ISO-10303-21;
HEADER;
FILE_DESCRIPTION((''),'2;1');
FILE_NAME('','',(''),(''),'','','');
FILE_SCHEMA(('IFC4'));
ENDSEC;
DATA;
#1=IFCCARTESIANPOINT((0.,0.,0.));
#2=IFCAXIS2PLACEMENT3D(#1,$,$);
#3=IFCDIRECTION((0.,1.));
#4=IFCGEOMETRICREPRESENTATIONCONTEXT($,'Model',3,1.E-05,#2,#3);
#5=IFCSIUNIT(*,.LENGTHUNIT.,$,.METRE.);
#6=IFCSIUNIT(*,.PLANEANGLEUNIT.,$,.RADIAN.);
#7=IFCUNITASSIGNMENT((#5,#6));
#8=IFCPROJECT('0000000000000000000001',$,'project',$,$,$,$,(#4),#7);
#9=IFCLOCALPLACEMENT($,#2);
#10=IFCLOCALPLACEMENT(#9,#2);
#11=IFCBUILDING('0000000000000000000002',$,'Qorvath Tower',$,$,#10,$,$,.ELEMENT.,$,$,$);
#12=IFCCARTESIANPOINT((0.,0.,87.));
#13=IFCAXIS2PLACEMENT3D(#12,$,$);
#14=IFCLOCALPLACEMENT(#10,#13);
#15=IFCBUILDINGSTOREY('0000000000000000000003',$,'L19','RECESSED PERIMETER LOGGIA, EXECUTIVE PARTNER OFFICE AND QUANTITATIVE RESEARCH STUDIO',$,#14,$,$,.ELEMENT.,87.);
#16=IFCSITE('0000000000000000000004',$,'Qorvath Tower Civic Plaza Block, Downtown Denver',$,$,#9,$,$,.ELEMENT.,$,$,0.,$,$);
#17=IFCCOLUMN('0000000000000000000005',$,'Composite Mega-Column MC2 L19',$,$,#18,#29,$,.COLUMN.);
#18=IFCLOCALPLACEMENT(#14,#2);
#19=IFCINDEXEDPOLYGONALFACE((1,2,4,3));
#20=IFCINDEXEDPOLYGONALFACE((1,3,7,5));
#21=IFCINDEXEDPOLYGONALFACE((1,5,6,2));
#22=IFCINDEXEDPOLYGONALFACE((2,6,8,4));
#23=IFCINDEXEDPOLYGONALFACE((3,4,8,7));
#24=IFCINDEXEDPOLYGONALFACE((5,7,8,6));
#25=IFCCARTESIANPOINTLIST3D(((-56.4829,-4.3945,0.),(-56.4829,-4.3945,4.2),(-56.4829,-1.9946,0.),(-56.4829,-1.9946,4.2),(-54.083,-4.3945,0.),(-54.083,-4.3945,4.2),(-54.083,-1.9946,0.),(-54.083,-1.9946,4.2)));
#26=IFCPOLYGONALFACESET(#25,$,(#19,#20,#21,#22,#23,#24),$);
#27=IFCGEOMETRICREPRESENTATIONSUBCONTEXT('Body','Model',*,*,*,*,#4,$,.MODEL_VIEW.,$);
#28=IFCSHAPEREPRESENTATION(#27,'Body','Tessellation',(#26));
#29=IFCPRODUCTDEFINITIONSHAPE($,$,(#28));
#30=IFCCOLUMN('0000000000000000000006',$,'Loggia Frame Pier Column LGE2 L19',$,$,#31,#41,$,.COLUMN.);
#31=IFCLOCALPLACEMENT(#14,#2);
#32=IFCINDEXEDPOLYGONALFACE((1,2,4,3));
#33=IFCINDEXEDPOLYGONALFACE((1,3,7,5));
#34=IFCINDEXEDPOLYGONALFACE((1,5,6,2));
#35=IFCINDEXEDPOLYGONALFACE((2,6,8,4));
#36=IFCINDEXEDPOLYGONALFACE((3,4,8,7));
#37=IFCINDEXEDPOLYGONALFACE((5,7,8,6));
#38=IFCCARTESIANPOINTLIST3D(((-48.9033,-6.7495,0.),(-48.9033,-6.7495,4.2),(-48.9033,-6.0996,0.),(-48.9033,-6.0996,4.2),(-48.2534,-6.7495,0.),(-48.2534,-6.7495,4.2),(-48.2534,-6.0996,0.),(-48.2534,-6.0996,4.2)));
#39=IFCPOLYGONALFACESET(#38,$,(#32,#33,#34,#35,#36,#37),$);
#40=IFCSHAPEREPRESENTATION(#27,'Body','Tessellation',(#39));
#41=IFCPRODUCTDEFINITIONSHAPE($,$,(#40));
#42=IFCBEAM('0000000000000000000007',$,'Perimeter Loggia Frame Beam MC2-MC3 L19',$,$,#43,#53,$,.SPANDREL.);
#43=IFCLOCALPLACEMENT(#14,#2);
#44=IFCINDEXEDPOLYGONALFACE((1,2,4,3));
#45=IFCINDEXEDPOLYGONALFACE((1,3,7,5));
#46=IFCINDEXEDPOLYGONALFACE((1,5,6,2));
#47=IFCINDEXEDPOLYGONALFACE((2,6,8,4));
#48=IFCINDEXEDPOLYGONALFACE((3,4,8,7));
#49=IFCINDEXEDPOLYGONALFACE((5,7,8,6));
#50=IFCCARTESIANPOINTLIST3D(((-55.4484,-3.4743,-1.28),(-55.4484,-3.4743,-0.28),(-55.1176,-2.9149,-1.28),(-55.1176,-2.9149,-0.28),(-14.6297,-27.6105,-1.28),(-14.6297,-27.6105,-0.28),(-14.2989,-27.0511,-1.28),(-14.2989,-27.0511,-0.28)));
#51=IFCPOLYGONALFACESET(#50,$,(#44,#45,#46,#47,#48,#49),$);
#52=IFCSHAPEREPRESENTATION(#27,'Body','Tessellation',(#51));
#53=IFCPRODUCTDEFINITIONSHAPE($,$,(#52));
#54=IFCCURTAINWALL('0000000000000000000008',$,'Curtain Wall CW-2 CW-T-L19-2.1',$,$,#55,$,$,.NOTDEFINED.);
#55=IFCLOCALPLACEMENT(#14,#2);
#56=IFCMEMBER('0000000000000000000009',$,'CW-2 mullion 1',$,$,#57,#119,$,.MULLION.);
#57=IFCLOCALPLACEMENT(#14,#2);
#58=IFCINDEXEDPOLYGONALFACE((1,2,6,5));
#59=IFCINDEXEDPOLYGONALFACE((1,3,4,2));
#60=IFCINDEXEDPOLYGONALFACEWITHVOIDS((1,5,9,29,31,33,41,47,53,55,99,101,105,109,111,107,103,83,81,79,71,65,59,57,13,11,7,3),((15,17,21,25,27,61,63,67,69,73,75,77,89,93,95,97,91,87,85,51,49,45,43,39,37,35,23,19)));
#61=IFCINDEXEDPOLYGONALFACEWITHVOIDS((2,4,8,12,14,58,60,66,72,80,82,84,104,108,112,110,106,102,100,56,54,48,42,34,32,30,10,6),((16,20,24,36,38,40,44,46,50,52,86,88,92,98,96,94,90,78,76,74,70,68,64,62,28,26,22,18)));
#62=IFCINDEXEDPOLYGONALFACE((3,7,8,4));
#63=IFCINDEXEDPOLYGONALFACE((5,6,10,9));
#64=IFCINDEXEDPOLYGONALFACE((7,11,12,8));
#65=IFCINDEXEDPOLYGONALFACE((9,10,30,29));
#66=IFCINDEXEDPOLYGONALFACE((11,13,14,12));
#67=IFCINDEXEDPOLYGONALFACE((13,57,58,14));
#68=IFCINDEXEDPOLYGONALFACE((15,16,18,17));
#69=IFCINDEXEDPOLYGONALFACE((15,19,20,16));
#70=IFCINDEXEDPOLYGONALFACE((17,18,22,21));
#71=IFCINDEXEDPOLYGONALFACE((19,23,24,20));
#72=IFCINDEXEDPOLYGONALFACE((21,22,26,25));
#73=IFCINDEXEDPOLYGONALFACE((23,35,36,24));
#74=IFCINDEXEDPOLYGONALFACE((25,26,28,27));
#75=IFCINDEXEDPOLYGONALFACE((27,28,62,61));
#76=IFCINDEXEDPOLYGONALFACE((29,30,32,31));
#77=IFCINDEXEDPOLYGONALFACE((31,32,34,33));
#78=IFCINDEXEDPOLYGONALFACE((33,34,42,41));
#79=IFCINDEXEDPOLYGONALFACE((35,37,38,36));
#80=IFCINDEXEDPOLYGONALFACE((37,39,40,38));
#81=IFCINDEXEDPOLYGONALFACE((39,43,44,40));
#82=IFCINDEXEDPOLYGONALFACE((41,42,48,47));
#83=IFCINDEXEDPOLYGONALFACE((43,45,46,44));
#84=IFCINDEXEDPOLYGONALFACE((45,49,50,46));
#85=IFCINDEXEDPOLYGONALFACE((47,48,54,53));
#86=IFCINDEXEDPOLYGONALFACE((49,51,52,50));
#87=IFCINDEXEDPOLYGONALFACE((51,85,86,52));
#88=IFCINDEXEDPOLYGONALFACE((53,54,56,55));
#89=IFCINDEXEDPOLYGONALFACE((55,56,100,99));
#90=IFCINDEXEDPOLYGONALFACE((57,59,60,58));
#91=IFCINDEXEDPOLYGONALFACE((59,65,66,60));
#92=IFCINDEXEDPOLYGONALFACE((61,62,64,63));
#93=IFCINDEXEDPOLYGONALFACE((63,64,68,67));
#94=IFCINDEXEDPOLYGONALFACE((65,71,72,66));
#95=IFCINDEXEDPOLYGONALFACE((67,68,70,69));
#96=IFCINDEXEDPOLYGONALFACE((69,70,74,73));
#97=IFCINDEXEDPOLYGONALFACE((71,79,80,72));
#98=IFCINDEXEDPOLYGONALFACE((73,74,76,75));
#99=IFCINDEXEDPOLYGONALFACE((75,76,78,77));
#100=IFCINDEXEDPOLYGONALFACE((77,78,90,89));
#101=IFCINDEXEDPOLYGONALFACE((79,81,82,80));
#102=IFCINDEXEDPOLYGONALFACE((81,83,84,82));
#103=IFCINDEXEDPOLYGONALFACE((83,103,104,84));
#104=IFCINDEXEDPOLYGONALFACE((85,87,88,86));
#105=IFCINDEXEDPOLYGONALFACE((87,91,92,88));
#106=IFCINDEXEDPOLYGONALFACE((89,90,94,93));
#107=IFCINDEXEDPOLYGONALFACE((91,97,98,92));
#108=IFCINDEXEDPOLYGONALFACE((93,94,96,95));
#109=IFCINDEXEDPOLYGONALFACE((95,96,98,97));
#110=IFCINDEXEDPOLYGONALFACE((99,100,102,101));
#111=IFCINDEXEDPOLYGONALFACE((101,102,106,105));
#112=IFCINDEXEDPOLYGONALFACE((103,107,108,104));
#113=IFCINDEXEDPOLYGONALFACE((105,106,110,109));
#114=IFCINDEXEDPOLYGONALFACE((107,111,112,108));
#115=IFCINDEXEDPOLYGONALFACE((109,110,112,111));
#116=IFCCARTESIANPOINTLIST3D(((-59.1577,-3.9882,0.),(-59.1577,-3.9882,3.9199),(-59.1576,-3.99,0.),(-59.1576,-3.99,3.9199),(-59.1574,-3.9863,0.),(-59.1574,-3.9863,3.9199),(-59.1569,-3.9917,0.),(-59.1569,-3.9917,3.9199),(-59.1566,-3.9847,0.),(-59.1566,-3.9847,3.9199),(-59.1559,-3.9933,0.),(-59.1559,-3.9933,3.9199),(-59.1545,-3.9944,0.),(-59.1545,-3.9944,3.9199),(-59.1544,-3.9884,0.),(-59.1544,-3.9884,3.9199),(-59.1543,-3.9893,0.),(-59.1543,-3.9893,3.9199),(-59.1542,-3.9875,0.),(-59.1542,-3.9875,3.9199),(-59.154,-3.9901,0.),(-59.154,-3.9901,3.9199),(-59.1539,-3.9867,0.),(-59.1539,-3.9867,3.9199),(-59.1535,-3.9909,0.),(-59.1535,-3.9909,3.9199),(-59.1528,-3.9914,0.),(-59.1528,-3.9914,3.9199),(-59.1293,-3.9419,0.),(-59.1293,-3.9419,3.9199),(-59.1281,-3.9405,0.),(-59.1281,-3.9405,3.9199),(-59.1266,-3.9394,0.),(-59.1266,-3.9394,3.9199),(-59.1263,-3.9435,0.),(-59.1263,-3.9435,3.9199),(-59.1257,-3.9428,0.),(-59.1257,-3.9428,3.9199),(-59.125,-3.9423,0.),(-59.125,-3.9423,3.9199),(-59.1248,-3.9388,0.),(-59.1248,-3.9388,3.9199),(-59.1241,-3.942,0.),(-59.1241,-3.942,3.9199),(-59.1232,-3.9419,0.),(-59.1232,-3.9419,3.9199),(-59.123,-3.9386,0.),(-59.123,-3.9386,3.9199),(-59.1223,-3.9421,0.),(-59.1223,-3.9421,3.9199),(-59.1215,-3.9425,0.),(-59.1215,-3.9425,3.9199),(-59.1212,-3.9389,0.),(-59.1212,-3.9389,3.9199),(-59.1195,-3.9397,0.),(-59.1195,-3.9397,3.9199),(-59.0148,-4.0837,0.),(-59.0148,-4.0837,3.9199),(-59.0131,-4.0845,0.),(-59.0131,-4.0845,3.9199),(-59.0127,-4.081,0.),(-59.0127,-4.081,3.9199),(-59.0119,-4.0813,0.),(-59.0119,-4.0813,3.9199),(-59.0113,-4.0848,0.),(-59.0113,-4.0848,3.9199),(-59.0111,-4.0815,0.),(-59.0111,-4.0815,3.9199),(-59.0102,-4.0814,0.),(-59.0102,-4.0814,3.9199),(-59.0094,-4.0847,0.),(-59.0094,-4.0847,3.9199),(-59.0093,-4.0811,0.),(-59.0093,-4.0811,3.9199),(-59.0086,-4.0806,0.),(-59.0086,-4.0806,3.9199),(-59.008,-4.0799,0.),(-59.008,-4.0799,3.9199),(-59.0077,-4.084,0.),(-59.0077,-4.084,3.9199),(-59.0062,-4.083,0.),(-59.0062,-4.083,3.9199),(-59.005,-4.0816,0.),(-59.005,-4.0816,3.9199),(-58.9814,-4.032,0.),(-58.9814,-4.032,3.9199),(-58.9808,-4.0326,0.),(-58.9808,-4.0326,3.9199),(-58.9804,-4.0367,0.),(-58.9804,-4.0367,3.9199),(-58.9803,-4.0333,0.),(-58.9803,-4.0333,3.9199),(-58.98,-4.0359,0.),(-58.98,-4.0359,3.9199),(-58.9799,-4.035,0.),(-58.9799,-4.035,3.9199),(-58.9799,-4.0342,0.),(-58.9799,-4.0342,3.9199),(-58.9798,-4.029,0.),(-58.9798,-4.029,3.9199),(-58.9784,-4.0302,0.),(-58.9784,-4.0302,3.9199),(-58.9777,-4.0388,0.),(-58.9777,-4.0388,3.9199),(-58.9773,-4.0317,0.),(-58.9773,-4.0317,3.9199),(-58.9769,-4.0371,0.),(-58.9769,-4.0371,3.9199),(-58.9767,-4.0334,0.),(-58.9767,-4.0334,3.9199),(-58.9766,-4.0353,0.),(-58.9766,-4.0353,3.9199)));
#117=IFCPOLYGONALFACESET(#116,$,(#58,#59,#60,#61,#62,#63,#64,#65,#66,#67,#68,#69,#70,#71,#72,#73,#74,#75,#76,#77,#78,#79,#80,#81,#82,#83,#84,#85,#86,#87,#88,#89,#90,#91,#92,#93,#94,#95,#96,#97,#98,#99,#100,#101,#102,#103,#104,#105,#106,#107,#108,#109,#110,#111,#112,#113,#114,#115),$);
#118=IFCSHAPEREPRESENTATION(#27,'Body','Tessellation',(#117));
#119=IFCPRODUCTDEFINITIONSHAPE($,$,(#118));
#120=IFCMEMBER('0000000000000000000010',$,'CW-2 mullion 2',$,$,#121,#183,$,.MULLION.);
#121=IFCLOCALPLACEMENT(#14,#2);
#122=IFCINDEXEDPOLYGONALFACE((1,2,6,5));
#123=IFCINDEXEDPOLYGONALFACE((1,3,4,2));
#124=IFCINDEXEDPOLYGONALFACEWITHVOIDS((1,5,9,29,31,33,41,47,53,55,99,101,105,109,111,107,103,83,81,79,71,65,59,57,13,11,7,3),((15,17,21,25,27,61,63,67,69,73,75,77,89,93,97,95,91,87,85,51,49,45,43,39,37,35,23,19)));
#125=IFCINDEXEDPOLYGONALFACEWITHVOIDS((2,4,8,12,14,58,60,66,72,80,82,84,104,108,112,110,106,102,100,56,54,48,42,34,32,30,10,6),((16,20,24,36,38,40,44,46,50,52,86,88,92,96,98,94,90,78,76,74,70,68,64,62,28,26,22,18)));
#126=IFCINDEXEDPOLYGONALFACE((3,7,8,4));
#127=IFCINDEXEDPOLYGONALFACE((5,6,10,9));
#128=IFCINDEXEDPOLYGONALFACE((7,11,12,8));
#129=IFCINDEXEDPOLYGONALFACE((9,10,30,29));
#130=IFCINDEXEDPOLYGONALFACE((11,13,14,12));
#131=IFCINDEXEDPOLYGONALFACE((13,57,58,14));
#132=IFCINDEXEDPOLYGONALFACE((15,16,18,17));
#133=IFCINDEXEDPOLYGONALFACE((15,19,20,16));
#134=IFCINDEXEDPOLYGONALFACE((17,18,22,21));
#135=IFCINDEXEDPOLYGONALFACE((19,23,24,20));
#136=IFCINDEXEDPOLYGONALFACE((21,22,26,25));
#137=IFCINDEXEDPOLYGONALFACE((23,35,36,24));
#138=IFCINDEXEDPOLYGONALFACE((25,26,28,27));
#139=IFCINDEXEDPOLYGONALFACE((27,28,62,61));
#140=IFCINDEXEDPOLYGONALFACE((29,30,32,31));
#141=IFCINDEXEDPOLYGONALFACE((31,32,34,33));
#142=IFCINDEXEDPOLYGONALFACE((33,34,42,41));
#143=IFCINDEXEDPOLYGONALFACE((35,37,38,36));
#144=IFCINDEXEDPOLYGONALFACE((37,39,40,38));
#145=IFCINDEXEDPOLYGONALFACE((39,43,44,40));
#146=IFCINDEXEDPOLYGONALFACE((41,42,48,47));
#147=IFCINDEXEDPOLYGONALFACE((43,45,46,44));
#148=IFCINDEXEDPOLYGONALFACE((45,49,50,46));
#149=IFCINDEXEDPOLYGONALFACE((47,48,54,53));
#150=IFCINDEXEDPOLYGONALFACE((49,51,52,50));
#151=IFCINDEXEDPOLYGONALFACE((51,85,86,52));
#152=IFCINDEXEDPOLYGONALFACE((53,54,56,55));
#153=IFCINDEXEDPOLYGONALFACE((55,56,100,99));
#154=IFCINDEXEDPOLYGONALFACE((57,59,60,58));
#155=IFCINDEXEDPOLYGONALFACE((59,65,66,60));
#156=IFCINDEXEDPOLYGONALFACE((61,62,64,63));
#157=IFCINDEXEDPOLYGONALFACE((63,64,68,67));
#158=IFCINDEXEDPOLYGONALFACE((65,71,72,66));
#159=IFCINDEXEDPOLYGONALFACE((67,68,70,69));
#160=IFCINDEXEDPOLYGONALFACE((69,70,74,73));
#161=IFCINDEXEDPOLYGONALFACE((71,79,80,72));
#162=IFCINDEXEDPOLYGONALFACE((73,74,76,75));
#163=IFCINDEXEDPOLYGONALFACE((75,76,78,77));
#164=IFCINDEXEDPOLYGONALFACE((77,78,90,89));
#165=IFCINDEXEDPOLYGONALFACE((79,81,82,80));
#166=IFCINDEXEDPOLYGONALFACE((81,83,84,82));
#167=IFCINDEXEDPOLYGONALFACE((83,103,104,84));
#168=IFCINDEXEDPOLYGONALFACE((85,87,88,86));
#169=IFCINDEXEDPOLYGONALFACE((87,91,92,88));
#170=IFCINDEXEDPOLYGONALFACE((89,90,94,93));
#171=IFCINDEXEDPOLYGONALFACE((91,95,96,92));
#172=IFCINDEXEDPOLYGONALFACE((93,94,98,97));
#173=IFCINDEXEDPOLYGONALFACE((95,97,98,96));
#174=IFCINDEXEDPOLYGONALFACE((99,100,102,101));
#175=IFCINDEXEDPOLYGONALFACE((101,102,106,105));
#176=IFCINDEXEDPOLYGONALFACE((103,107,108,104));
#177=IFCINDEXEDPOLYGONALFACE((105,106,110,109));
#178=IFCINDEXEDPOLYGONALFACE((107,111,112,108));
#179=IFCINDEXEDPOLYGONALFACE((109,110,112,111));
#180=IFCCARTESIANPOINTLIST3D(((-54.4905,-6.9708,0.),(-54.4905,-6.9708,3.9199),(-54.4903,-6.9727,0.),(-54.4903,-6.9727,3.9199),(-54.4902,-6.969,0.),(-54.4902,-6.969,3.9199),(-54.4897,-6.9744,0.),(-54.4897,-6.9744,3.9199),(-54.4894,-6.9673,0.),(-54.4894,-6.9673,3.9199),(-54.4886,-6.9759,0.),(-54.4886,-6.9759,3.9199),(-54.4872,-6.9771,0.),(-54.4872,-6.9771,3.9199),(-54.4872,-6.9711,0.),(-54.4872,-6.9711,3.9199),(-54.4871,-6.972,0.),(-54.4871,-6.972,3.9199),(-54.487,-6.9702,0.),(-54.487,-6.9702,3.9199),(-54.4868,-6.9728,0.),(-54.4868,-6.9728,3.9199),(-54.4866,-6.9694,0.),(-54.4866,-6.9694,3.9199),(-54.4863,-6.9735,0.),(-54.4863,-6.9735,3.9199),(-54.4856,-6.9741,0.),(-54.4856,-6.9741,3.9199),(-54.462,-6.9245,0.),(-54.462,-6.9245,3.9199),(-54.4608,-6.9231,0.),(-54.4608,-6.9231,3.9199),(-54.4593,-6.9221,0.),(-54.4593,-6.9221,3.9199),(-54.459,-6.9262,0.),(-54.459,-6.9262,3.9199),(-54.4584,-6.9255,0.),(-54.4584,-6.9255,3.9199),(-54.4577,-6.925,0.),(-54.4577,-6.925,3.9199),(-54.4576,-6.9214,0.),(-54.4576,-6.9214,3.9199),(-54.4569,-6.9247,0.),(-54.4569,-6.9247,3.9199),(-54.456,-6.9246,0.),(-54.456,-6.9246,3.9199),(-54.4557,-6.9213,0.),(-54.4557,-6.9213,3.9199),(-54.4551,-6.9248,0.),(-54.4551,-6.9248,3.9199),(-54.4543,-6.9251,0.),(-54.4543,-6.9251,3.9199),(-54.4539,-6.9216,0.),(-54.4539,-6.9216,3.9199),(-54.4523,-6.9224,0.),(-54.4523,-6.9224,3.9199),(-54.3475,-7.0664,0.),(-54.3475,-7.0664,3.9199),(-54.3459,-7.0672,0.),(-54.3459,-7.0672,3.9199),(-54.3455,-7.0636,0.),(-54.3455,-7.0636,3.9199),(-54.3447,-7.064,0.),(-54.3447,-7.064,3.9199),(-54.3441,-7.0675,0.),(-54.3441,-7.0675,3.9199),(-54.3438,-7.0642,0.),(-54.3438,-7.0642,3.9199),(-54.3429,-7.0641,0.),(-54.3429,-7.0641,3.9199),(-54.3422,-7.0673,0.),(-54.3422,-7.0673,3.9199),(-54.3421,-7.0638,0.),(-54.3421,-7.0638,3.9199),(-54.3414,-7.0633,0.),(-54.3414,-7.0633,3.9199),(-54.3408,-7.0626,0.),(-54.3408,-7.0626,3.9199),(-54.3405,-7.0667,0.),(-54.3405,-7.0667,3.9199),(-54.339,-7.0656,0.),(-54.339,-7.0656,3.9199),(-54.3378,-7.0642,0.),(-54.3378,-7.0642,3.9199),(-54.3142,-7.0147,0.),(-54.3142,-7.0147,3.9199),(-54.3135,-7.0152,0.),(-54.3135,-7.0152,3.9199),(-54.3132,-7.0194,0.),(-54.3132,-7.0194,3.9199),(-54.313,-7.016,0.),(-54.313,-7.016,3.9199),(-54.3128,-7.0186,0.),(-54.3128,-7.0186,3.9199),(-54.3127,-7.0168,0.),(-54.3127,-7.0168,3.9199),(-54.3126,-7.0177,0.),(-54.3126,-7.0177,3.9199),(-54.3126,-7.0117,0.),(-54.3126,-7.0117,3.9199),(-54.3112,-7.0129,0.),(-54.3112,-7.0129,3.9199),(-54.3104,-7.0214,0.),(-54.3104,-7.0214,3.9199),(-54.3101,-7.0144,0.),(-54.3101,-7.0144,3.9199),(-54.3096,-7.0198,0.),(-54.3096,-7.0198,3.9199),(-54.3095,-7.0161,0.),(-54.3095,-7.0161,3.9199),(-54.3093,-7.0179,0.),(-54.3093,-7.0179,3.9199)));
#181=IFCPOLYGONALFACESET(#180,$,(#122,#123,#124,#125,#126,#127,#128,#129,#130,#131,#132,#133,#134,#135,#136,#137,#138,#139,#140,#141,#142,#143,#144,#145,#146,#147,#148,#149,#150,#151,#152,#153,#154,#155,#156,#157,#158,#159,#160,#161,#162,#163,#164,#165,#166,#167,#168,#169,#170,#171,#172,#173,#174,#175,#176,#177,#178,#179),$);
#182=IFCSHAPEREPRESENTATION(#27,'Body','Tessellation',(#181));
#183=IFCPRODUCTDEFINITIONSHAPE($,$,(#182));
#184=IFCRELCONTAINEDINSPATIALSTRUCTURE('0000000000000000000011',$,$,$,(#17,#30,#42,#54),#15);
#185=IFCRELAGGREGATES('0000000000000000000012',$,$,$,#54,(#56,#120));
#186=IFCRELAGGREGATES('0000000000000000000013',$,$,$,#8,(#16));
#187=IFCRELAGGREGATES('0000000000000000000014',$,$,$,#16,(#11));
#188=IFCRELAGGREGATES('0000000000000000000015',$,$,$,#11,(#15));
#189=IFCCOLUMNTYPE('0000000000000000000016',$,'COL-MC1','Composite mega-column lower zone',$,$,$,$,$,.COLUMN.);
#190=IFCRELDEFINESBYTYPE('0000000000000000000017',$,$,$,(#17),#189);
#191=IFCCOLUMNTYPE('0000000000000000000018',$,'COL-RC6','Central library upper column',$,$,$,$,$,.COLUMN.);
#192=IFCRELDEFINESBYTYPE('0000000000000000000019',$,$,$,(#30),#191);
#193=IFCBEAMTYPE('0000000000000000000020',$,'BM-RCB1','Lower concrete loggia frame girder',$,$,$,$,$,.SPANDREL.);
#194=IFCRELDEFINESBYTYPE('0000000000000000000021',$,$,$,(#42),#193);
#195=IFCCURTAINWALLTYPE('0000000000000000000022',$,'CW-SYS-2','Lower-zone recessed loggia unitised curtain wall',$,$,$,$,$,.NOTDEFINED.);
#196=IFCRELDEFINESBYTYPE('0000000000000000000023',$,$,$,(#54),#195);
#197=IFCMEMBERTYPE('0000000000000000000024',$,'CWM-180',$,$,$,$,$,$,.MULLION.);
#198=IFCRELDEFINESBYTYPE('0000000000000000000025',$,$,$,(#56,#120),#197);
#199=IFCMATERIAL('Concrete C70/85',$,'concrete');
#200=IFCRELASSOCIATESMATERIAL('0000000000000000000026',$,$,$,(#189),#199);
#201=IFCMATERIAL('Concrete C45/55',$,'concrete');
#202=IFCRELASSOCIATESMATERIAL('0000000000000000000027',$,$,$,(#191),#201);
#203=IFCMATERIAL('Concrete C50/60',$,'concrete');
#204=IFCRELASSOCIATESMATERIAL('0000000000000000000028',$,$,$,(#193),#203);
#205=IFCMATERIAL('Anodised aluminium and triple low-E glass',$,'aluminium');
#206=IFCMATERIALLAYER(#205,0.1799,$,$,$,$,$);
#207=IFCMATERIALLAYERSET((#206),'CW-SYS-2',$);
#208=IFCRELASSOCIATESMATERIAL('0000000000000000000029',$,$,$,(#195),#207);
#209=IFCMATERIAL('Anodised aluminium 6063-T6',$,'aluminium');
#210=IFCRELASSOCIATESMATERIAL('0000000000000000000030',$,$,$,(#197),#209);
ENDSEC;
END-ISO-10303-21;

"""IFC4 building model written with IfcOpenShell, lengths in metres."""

from ifc_helpers import new_model, si_unit, direction, frame, origin, origin_2d, place, context, subcontext, project, spatial, rectangle, hollow_rectangle, extrude, material, layer, layer_set, material_profile, profile_set, type_object, element, aggregate, save


model = new_model("IFC4")

# Units and contexts
model_context = context("Model", 3, precision=1e-05, world=origin(), true_north=direction((0.0, 1.0)))
body_context = subcontext(model_context, "Body", "Model", "MODEL_VIEW")
ifc_project = project(units=[si_unit("LENGTHUNIT", "METRE"), si_unit("PLANEANGLEUNIT", "RADIAN")], contexts=[model_context])

# Site, building, storey
site_placement = place(None, origin())
site = spatial("IfcSite", under=ifc_project, at=site_placement, Name="Qorvath Tower Civic Plaza Block, Downtown Denver", CompositionType="ELEMENT", RefElevation=0.0)
building_placement = place(site_placement, origin())
building = spatial("IfcBuilding", under=site, at=building_placement, Name="Qorvath Tower", CompositionType="ELEMENT")
storey_placement = place(building_placement, frame((0.0, 0.0, 87.0)))
storey = spatial("IfcBuildingStorey", under=building, at=storey_placement, Name="L19", Description="RECESSED PERIMETER LOGGIA, EXECUTIVE PARTNER OFFICE AND QUANTITATIVE RESEARCH STUDIO", CompositionType="ELEMENT", Elevation=87.0)

# Columns
ifc_material_1 = material(Name="Concrete C70/85", Category="concrete")
ifc_material_profile_1 = material_profile(ifc_material_1, rectangle(XDim=2.3999, YDim=2.3999, at=origin_2d()), Name="MC 2400x2400")
ifc_profile_set_1 = profile_set([ifc_material_profile_1], Name="Concrete C70/85")
column_type_1 = type_object("IfcColumnType", Name="COL-MC1", Description="Composite mega-column lower zone", PredefinedType="COLUMN", material=ifc_profile_set_1)
column_1_placement = place(storey_placement, frame((-55.283, -3.1946, 0.0), z_axis=(0.0, 0.0, 1.0), x_axis=(1.0, 0.0, 0.0)))
element("IfcColumn", 1, at=column_1_placement, inside=storey, type_object=column_type_1, Name="Composite Mega-Column MC2 L19", PredefinedType="COLUMN", context=body_context, shape_type="SweptSolid", body=[
    extrude(rectangle(XDim=2.3999, YDim=2.3999, at=origin_2d()), origin(), (0.0, 0.0, 1.0), 4.2),
])
ifc_material_2 = material(Name="Concrete C45/55", Category="concrete")
ifc_material_profile_2 = material_profile(ifc_material_2, rectangle(XDim=0.6499, YDim=0.6499, at=origin_2d()), Name="RC 650x650")
ifc_profile_set_2 = profile_set([ifc_material_profile_2], Name="Concrete C45/55")
column_type_2 = type_object("IfcColumnType", Name="COL-RC6", Description="Central library upper column", PredefinedType="COLUMN", material=ifc_profile_set_2)
column_2_placement = place(storey_placement, frame((-48.5784, -6.4246, 0.0), z_axis=(0.0, 0.0, 1.0), x_axis=(1.0, 0.0, 0.0)))
element("IfcColumn", 2, at=column_2_placement, inside=storey, type_object=column_type_2, Name="Loggia Frame Pier Column LGE2 L19", PredefinedType="COLUMN", context=body_context, shape_type="SweptSolid", body=[
    extrude(rectangle(XDim=0.6499, YDim=0.6499, at=origin_2d()), origin(), (0.0, 0.0, 1.0), 4.2),
])

# Beam
ifc_material_3 = material(Name="Concrete C50/60", Category="concrete")
ifc_material_profile_3 = material_profile(ifc_material_3, rectangle(XDim=0.6499, YDim=1.0, at=origin_2d()), Name="RCB 1000x650")
ifc_profile_set_3 = profile_set([ifc_material_profile_3], Name="Concrete C50/60")
beam_type = type_object("IfcBeamType", Name="BM-RCB1", Description="Lower concrete loggia frame girder", PredefinedType="SPANDREL", material=ifc_profile_set_3)
beam_placement = place(storey_placement, frame((-55.283, -3.1946, -0.78), z_axis=(0.860777, -0.508982, 0.0), x_axis=(0.508982, 0.860777, 0.0)))
element("IfcBeam", 3, at=beam_placement, inside=storey, type_object=beam_type, Name="Perimeter Loggia Frame Beam MC2-MC3 L19", PredefinedType="SPANDREL", context=body_context, shape_type="SweptSolid", body=[
    extrude(rectangle(XDim=0.6499, YDim=1.0, at=origin_2d()), origin(), (0.0, 0.0, 1.0), 47.4207),
])

# Curtain wall, members
ifc_material_4 = material(Name="Anodised aluminium and triple low-E glass", Category="aluminium")
ifc_layer_1 = layer(ifc_material_4, 0.1799)
ifc_layer_set_1 = layer_set([ifc_layer_1], Name="CW-SYS-2")
curtain_wall_type = type_object("IfcCurtainWallType", Name="CW-SYS-2", Description="Lower-zone recessed loggia unitised curtain wall", PredefinedType="NOTDEFINED", material=ifc_layer_set_1)
curtain_wall_placement = place(storey_placement, origin())
curtain_wall = element("IfcCurtainWall", 4, at=curtain_wall_placement, inside=storey, type_object=curtain_wall_type, Name="Curtain Wall CW-2 CW-T-L19-2.1", PredefinedType="NOTDEFINED")
ifc_material_5 = material(Name="Anodised aluminium 6063-T6", Category="aluminium")
ifc_material_profile_4 = material_profile(ifc_material_5, hollow_rectangle(XDim=0.0649, YDim=0.1799, WallThickness=0.0034, InnerFilletRadius=0.0034, OuterFilletRadius=0.0071, at=origin_2d()), Name="CWM 180x65")
ifc_profile_set_4 = profile_set([ifc_material_profile_4], Name="Anodised aluminium 6063-T6")
member_type_1 = type_object("IfcMemberType", Name="CWM-180", PredefinedType="MULLION", material=ifc_profile_set_4)
member_1_placement = place(storey_placement, frame((-59.0671, -4.0117, 0.0), z_axis=(0.0, 0.0, 1.0), x_axis=(0.538528, 0.842608, 0.0)))
member_1 = element("IfcMember", 5, at=member_1_placement, type_object=member_type_1, Name="CW-2 mullion 1", PredefinedType="MULLION", context=body_context, shape_type="SweptSolid", body=[
    extrude(hollow_rectangle(XDim=0.0649, YDim=0.1799, WallThickness=0.0034, InnerFilletRadius=0.0034, OuterFilletRadius=0.0071, at=origin_2d()), origin(), (0.0, 0.0, 1.0), 3.9199),
])
member_2_placement = place(storey_placement, frame((-54.3999, -6.9944, 0.0), z_axis=(0.0, 0.0, 1.0), x_axis=(0.538528, 0.842608, 0.0)))
member_2 = element("IfcMember", 6, at=member_2_placement, type_object=member_type_1, Name="CW-2 mullion 2", PredefinedType="MULLION", context=body_context, shape_type="SweptSolid", body=[
    extrude(hollow_rectangle(XDim=0.0649, YDim=0.1799, WallThickness=0.0034, InnerFilletRadius=0.0034, OuterFilletRadius=0.0071, at=origin_2d()), origin(), (0.0, 0.0, 1.0), 3.9199),
])
aggregate(curtain_wall, [member_1, member_2])

save(model, "model.ifc")
